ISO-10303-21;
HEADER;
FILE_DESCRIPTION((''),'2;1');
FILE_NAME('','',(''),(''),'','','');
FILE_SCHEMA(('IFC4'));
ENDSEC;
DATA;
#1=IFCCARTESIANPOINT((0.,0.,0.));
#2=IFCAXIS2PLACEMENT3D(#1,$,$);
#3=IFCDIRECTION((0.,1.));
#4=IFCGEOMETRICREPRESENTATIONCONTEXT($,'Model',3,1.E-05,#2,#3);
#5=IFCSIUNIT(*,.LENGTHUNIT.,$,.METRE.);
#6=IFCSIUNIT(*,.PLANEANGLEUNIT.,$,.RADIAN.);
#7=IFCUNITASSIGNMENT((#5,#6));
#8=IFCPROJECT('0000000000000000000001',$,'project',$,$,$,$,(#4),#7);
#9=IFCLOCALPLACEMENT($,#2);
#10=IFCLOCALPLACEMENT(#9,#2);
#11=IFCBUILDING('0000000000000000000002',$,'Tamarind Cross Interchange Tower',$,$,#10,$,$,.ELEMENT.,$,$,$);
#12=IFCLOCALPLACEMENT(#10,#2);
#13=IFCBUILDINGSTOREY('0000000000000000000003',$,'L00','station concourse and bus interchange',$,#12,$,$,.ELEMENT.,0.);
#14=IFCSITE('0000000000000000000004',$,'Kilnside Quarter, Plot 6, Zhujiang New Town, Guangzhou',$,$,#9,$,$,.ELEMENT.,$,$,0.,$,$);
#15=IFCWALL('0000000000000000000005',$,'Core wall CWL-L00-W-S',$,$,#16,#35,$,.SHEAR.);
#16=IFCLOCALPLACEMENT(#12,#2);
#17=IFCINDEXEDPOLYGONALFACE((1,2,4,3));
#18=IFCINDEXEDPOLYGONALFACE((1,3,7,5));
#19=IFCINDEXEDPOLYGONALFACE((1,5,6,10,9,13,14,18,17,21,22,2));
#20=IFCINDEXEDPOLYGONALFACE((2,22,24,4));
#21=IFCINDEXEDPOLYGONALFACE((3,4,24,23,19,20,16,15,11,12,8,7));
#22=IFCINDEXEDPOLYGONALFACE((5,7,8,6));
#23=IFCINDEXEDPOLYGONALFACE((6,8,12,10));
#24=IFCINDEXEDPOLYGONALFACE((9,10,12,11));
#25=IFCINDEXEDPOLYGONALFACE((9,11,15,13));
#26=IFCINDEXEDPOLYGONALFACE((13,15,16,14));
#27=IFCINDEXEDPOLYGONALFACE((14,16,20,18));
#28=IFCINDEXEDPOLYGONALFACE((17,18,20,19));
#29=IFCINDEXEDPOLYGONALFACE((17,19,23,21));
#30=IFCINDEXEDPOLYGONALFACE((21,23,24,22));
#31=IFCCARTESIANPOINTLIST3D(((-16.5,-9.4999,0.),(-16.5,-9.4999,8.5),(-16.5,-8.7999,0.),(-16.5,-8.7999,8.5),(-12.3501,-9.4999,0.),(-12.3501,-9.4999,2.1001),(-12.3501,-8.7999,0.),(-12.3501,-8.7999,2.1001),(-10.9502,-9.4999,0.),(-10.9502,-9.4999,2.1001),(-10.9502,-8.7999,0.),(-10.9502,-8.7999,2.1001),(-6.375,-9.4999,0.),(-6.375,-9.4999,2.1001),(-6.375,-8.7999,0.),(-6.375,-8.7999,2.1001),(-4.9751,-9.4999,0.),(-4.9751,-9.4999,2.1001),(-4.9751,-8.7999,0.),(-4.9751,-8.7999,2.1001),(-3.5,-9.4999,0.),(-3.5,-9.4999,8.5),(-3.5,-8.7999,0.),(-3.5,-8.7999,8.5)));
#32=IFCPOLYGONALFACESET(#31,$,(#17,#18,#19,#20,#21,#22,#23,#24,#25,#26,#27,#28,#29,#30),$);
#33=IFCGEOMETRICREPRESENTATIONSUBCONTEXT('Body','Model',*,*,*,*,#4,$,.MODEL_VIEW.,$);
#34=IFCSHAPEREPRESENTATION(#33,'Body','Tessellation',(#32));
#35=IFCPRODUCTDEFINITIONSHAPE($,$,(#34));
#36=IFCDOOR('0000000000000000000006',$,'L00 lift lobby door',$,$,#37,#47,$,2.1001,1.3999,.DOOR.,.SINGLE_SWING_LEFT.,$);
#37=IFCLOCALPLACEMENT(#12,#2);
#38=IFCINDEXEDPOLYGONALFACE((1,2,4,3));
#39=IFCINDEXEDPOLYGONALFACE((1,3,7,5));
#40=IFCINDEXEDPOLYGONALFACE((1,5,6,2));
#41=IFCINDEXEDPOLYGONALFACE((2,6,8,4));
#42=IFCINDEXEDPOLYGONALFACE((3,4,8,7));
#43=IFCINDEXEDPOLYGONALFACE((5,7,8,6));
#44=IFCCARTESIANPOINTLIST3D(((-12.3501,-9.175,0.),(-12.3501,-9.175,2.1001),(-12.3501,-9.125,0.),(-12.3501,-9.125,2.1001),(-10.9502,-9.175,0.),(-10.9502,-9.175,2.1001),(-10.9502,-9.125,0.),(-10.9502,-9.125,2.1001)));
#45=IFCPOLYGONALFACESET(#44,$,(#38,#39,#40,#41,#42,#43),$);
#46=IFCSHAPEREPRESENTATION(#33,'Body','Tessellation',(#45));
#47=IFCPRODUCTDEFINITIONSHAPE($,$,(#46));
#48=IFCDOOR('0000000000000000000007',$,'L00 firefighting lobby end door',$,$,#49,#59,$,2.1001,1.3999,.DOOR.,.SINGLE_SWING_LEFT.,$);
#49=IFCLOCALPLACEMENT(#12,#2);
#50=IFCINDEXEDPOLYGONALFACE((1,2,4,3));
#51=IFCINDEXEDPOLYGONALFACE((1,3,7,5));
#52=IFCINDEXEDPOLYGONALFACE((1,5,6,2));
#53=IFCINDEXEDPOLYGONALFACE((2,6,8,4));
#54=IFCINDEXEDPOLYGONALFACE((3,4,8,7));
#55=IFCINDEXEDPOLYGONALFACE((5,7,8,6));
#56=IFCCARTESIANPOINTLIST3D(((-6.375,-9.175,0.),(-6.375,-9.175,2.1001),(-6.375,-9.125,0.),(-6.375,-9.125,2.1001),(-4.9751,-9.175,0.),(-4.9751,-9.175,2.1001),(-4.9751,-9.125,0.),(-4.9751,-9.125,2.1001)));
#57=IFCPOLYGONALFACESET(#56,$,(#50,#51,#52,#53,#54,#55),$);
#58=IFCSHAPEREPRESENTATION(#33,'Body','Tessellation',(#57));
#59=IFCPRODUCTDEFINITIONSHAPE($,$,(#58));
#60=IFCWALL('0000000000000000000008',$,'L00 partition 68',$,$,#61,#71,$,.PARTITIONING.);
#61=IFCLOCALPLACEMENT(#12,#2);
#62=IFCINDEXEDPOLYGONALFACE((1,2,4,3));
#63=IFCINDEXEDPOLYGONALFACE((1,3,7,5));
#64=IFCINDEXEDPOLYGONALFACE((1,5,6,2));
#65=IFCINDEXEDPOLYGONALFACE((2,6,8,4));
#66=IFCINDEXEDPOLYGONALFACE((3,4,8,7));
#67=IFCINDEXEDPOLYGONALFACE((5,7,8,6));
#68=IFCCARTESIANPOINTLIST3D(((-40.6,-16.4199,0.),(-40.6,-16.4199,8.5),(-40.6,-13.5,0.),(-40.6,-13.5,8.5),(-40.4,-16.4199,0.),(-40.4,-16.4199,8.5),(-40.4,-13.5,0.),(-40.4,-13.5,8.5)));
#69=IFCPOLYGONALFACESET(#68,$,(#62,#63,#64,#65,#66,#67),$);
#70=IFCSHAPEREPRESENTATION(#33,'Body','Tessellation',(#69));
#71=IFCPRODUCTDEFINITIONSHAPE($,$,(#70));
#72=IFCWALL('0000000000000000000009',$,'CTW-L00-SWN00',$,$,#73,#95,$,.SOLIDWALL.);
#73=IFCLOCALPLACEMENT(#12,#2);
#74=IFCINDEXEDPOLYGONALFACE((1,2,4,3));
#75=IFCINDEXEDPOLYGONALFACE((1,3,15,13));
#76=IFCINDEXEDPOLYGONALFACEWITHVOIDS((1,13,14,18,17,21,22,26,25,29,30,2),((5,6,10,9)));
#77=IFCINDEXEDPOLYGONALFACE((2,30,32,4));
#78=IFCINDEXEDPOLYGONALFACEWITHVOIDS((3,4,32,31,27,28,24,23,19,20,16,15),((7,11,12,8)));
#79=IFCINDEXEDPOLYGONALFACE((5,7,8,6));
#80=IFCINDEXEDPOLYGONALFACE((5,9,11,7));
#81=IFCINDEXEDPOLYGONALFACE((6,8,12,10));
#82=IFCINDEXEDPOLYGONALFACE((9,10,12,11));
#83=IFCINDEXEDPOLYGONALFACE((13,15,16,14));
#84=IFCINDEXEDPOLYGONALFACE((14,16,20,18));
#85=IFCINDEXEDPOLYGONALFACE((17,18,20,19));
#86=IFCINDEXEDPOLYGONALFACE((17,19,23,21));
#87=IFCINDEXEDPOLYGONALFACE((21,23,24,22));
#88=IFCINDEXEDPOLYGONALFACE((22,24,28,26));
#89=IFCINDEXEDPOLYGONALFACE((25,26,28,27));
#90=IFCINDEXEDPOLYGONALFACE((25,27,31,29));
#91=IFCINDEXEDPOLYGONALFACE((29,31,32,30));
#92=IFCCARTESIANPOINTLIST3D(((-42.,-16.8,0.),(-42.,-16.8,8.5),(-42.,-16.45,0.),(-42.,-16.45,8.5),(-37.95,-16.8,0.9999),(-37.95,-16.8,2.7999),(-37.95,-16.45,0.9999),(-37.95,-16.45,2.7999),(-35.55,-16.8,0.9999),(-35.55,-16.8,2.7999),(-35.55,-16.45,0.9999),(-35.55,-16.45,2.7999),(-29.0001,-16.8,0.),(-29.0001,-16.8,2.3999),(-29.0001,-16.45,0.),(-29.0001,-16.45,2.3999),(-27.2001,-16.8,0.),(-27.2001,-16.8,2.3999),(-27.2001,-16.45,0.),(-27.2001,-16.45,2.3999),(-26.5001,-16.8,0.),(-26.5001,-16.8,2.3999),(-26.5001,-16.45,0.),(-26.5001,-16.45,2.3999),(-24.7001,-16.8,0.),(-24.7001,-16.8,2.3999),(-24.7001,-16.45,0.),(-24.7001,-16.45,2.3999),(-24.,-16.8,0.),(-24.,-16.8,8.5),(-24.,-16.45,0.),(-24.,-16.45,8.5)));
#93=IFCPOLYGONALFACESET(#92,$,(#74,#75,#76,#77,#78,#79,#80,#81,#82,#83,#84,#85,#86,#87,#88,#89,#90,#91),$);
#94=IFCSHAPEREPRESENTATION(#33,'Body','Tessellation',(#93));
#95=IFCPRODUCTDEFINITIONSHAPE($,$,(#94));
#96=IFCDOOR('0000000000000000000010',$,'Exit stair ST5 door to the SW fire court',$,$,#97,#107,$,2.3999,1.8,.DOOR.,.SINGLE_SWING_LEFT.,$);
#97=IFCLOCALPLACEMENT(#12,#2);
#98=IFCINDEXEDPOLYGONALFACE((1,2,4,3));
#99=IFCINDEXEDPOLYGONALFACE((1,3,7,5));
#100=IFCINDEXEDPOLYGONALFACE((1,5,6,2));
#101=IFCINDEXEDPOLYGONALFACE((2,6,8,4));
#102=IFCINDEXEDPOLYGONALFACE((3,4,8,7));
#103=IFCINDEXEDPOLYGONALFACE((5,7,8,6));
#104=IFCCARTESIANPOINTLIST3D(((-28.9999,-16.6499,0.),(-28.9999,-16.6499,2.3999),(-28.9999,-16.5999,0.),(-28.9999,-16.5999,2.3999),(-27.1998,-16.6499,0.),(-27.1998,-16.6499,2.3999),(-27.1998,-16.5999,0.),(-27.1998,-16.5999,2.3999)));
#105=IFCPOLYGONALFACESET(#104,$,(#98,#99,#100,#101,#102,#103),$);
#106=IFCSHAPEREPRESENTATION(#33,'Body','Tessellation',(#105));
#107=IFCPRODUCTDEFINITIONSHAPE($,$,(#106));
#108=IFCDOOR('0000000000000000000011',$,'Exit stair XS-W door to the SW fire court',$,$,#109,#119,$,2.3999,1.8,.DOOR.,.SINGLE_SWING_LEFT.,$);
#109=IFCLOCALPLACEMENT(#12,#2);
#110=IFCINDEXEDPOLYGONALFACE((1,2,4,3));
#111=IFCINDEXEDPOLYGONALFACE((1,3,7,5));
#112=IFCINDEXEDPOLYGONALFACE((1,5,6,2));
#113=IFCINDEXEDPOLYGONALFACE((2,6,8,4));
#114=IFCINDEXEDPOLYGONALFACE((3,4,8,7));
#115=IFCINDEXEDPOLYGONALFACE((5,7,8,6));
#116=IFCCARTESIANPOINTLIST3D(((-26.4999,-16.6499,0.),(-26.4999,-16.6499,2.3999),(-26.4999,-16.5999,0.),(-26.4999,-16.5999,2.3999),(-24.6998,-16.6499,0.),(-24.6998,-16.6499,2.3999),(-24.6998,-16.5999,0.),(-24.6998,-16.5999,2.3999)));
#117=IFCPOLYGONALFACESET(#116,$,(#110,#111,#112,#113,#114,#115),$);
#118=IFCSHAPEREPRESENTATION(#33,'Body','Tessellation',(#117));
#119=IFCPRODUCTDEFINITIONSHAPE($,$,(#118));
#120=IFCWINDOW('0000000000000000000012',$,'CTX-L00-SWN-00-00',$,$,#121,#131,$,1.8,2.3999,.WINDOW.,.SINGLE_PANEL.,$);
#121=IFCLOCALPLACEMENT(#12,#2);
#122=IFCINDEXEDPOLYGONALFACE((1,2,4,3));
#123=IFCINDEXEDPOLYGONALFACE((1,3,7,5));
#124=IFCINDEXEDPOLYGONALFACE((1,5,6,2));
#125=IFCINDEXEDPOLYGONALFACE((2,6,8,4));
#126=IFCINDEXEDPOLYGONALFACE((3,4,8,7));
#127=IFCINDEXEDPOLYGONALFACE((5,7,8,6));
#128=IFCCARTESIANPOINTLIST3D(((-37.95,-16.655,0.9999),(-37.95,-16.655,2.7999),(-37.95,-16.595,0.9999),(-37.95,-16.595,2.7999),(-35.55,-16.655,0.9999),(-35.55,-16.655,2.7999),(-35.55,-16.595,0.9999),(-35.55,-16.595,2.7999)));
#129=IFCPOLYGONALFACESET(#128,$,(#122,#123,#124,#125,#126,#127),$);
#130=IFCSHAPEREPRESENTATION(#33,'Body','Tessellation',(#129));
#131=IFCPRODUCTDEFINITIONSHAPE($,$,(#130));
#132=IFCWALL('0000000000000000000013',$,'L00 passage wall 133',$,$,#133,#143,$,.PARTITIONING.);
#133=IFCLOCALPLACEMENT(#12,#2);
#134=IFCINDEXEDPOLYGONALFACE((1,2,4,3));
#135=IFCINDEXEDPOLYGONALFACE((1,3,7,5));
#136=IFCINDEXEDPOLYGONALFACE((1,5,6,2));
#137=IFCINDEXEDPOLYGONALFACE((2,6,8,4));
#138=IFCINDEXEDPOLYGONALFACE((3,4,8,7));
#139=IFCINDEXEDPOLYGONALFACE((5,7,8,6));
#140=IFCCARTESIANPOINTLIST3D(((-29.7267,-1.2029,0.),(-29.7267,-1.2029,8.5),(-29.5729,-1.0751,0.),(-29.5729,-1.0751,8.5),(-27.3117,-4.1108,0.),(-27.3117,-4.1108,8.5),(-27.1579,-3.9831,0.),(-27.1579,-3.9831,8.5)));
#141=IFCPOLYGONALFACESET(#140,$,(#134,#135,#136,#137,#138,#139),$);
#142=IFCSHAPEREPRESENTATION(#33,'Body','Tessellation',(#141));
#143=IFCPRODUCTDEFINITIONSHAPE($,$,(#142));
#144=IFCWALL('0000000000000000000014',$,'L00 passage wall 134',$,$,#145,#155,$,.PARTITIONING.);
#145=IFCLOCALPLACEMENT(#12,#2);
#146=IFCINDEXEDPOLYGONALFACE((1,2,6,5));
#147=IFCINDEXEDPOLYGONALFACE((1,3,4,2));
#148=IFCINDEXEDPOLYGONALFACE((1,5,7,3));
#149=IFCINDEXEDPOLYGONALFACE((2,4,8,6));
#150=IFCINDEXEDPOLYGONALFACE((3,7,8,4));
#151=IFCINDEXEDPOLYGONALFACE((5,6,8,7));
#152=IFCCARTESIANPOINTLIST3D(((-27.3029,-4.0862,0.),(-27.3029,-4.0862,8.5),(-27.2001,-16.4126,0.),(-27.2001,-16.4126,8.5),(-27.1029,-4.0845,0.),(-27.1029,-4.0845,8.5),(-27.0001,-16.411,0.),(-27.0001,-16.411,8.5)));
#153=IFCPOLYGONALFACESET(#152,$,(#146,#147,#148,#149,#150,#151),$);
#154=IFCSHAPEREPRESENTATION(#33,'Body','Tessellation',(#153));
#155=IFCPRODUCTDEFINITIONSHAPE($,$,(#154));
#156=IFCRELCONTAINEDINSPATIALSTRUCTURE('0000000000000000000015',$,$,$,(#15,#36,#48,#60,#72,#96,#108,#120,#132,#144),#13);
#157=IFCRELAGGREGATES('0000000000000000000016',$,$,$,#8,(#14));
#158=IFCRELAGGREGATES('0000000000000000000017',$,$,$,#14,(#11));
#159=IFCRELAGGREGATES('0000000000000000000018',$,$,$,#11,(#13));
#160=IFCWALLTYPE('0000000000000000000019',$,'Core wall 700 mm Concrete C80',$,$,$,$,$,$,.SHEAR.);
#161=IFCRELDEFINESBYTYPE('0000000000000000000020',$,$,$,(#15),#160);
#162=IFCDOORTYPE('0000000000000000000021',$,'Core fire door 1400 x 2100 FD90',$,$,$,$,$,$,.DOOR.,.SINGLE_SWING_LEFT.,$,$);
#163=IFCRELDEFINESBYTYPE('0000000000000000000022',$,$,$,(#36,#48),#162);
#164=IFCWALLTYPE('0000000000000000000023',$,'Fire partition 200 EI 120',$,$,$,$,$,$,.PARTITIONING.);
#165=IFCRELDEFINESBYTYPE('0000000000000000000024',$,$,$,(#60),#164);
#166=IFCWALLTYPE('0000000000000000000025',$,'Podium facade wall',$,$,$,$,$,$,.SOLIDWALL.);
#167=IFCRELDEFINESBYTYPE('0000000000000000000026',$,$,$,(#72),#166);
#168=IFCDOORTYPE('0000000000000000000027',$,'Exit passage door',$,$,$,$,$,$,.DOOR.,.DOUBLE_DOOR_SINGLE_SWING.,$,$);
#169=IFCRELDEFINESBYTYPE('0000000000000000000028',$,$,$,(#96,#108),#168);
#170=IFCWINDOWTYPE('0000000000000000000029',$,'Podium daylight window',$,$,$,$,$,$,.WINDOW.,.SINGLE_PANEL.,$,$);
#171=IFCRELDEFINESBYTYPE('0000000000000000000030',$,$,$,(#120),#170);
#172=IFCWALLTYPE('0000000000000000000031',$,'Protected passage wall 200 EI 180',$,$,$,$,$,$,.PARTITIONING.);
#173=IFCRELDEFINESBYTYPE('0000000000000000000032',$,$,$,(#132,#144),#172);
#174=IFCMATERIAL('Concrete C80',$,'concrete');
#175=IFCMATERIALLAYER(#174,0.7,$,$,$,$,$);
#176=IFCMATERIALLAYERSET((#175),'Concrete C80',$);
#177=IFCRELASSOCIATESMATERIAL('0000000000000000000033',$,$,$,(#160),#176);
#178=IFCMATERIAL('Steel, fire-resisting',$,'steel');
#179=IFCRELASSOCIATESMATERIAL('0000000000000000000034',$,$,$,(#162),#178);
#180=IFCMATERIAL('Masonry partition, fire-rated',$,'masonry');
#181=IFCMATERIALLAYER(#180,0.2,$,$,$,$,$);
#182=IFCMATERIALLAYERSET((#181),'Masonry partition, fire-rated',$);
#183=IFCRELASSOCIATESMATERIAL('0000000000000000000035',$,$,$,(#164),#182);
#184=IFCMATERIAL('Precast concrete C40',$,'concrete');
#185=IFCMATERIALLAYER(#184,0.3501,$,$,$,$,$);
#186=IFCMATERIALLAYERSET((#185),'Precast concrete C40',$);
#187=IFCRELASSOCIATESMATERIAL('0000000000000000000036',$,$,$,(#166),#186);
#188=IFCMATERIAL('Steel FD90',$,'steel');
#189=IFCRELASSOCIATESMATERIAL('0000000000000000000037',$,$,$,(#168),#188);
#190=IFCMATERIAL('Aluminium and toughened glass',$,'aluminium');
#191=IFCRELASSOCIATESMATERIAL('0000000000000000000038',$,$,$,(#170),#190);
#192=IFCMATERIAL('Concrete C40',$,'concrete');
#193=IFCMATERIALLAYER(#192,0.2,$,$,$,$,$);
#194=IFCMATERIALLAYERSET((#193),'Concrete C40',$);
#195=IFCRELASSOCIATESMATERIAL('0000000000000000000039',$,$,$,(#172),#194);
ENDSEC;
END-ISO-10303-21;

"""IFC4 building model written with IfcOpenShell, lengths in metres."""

from ifc_helpers import new_model, si_unit, direction, frame, frame_2d, origin, place, context, subcontext, project, spatial, rectangle, extrude, material, layer, layer_set, type_object, element, fill, save


model = new_model("IFC4")

# Units and contexts
model_context = context("Model", 3, precision=1e-05, world=origin(), true_north=direction((0.0, 1.0)))
body_context = subcontext(model_context, "Body", "Model", "MODEL_VIEW")
ifc_project = project(units=[si_unit("LENGTHUNIT", "METRE"), si_unit("PLANEANGLEUNIT", "RADIAN")], contexts=[model_context])

# Site, building, storey
site_placement = place(None, origin())
site = spatial("IfcSite", under=ifc_project, at=site_placement, Name="Kilnside Quarter, Plot 6, Zhujiang New Town, Guangzhou", CompositionType="ELEMENT", RefElevation=0.0)
building_placement = place(site_placement, origin())
building = spatial("IfcBuilding", under=site, at=building_placement, Name="Tamarind Cross Interchange Tower", CompositionType="ELEMENT")
storey_placement = place(building_placement, origin())
storey = spatial("IfcBuildingStorey", under=building, at=storey_placement, Name="L00", Description="station concourse and bus interchange", CompositionType="ELEMENT", Elevation=0.0)

# Shared definitions
ifc_material_1 = material(Name="Concrete C80", Category="concrete")

# Wall, openings, doors
ifc_layer_1 = layer(ifc_material_1, 0.7)
ifc_layer_set_1 = layer_set([ifc_layer_1], Name="Concrete C80")
wall_type_1 = type_object("IfcWallType", Name="Core wall 700 mm Concrete C80", PredefinedType="SHEAR", material=ifc_layer_set_1)
wall_1_placement = place(storey_placement, frame((-16.5, -9.1499, 0.0), z_axis=(0.0, 0.0, 1.0), x_axis=(1.0, 0.0, 0.0)))
wall_1 = element("IfcWall", 1, at=wall_1_placement, inside=storey, type_object=wall_type_1, Name="Core wall CWL-L00-W-S", PredefinedType="SHEAR", context=body_context, shape_type="SweptSolid", body=[
    extrude(rectangle(XDim=13.0, YDim=0.7, at=frame_2d((6.5, 0.0))), origin(), (0.0, 0.0, 1.0), 8.5),
])
opening_1_placement = place(wall_1_placement, frame((4.1499, 0.0, 0.0)))
opening_1 = element("IfcOpeningElement", 2, at=opening_1_placement, cuts=wall_1, PredefinedType="OPENING", context=body_context, shape_type="SweptSolid", body=[
    extrude(rectangle(XDim=1.3999, YDim=2.1001, at=frame_2d((0.7, 1.05))), frame((0.0, 0.3599, 0.0), z_axis=(0.0, -1.0, 0.0), x_axis=(1.0, 0.0, 0.0)), (0.0, 0.0, 1.0), 0.72),
])
opening_2_placement = place(wall_1_placement, frame((10.125, 0.0, 0.0)))
opening_2 = element("IfcOpeningElement", 3, at=opening_2_placement, cuts=wall_1, PredefinedType="OPENING", context=body_context, shape_type="SweptSolid", body=[
    extrude(rectangle(XDim=1.3999, YDim=2.1001, at=frame_2d((0.7, 1.05))), frame((0.0, 0.3599, 0.0), z_axis=(0.0, -1.0, 0.0), x_axis=(1.0, 0.0, 0.0)), (0.0, 0.0, 1.0), 0.72),
])
ifc_material_2 = material(Name="Steel, fire-resisting", Category="steel")
door_type_1 = type_object("IfcDoorType", Name="Core fire door 1400 x 2100 FD90", OperationType="SINGLE_SWING_LEFT", PredefinedType="DOOR", material=ifc_material_2)
door_1_placement = place(opening_1_placement, origin())
door_1 = element("IfcDoor", 4, at=door_1_placement, inside=storey, type_object=door_type_1, Name="L00 lift lobby door", OperationType="SINGLE_SWING_LEFT", OverallHeight=2.1001, OverallWidth=1.3999, PredefinedType="DOOR", context=body_context, shape_type="SweptSolid", body=[
    extrude(rectangle(XDim=1.3999, YDim=2.1001, at=frame_2d((0.7, 1.05))), frame((0.0, 0.0249, 0.0), z_axis=(0.0, -1.0, 0.0), x_axis=(1.0, 0.0, 0.0)), (0.0, 0.0, 1.0), 0.05),
])
fill(opening_1, door_1)
door_2_placement = place(opening_2_placement, origin())
door_2 = element("IfcDoor", 5, at=door_2_placement, inside=storey, type_object=door_type_1, Name="L00 firefighting lobby end door", OperationType="SINGLE_SWING_LEFT", OverallHeight=2.1001, OverallWidth=1.3999, PredefinedType="DOOR", context=body_context, shape_type="SweptSolid", body=[
    extrude(rectangle(XDim=1.3999, YDim=2.1001, at=frame_2d((0.7, 1.05))), frame((0.0, 0.0249, 0.0), z_axis=(0.0, -1.0, 0.0), x_axis=(1.0, 0.0, 0.0)), (0.0, 0.0, 1.0), 0.05),
])
fill(opening_2, door_2)

# Wall
ifc_material_3 = material(Name="Masonry partition, fire-rated", Category="masonry")
ifc_layer_2 = layer(ifc_material_3, 0.2)
ifc_layer_set_2 = layer_set([ifc_layer_2], Name="Masonry partition, fire-rated")
wall_type_2 = type_object("IfcWallType", Name="Fire partition 200 EI 120", PredefinedType="PARTITIONING", material=ifc_layer_set_2)
wall_2_placement = place(storey_placement, frame((-40.5, -16.4199, 0.0), z_axis=(0.0, 0.0, 1.0), x_axis=(0.0, 1.0, 0.0)))
element("IfcWall", 6, at=wall_2_placement, inside=storey, type_object=wall_type_2, Name="L00 partition 68", PredefinedType="PARTITIONING", context=body_context, shape_type="SweptSolid", body=[
    extrude(rectangle(XDim=2.9199, YDim=0.2, at=frame_2d((1.46, 0.0))), origin(), (0.0, 0.0, 1.0), 8.5),
])

# Wall, openings, doors, window
ifc_material_4 = material(Name="Precast concrete C40", Category="concrete")
ifc_layer_3 = layer(ifc_material_4, 0.3501)
ifc_layer_set_3 = layer_set([ifc_layer_3], Name="Precast concrete C40")
wall_type_3 = type_object("IfcWallType", Name="Podium facade wall", PredefinedType="SOLIDWALL", material=ifc_layer_set_3)
wall_3_placement = place(storey_placement, frame((-42.0, -16.625, 0.0), z_axis=(0.0, 0.0, 1.0), x_axis=(1.0, 0.0, 0.0)))
wall_3 = element("IfcWall", 7, at=wall_3_placement, inside=storey, type_object=wall_type_3, Name="CTW-L00-SWN00", PredefinedType="SOLIDWALL", context=body_context, shape_type="SweptSolid", body=[
    extrude(rectangle(XDim=18.0, YDim=0.3501, at=frame_2d((9.0, 0.0))), origin(), (0.0, 0.0, 1.0), 8.5),
])
opening_3_placement = place(wall_3_placement, frame((13.0, 0.0, 0.0)))
opening_3 = element("IfcOpeningElement", 8, at=opening_3_placement, cuts=wall_3, PredefinedType="OPENING", context=body_context, shape_type="SweptSolid", body=[
    extrude(rectangle(XDim=1.8, YDim=2.3999, at=frame_2d((0.8999, 1.2))), frame((0.0, 0.1851, 0.0), z_axis=(0.0, -1.0, 0.0), x_axis=(1.0, 0.0, 0.0)), (0.0, 0.0, 1.0), 0.3701),
])
opening_4_placement = place(wall_3_placement, frame((15.5, 0.0, 0.0)))
opening_4 = element("IfcOpeningElement", 9, at=opening_4_placement, cuts=wall_3, PredefinedType="OPENING", context=body_context, shape_type="SweptSolid", body=[
    extrude(rectangle(XDim=1.8, YDim=2.3999, at=frame_2d((0.8999, 1.2))), frame((0.0, 0.1851, 0.0), z_axis=(0.0, -1.0, 0.0), x_axis=(1.0, 0.0, 0.0)), (0.0, 0.0, 1.0), 0.3701),
])
opening_5_placement = place(wall_3_placement, frame((4.05, 0.0, 1.0)))
opening_5 = element("IfcOpeningElement", 10, at=opening_5_placement, cuts=wall_3, PredefinedType="OPENING", context=body_context, shape_type="SweptSolid", body=[
    extrude(rectangle(XDim=2.3999, YDim=1.8, at=frame_2d((1.2, 0.8999))), frame((0.0, 0.1851, 0.0), z_axis=(0.0, -1.0, 0.0), x_axis=(1.0, 0.0, 0.0)), (0.0, 0.0, 1.0), 0.3701),
])
ifc_material_5 = material(Name="Steel FD90", Category="steel")
door_type_2 = type_object("IfcDoorType", Name="Exit passage door", OperationType="DOUBLE_DOOR_SINGLE_SWING", PredefinedType="DOOR", material=ifc_material_5)
door_3_placement = place(opening_3_placement, frame((1.8, 0.0, 0.0), z_axis=(0.0, 0.0, 1.0), x_axis=(-1.0, 0.0, 0.0)))
door_3 = element("IfcDoor", 11, at=door_3_placement, inside=storey, type_object=door_type_2, Name="Exit stair ST5 door to the SW fire court", OperationType="SINGLE_SWING_LEFT", OverallHeight=2.3999, OverallWidth=1.8, PredefinedType="DOOR", context=body_context, shape_type="SweptSolid", body=[
    extrude(rectangle(XDim=1.8, YDim=2.3999, at=frame_2d((0.8999, 1.2))), frame((0.0, 0.0249, 0.0), z_axis=(0.0, -1.0, 0.0), x_axis=(1.0, 0.0, 0.0)), (0.0, 0.0, 1.0), 0.05),
])
fill(opening_3, door_3)
door_4_placement = place(opening_4_placement, frame((1.8, 0.0, 0.0), z_axis=(0.0, 0.0, 1.0), x_axis=(-1.0, 0.0, 0.0)))
door_4 = element("IfcDoor", 12, at=door_4_placement, inside=storey, type_object=door_type_2, Name="Exit stair XS-W door to the SW fire court", OperationType="SINGLE_SWING_LEFT", OverallHeight=2.3999, OverallWidth=1.8, PredefinedType="DOOR", context=body_context, shape_type="SweptSolid", body=[
    extrude(rectangle(XDim=1.8, YDim=2.3999, at=frame_2d((0.8999, 1.2))), frame((0.0, 0.0249, 0.0), z_axis=(0.0, -1.0, 0.0), x_axis=(1.0, 0.0, 0.0)), (0.0, 0.0, 1.0), 0.05),
])
fill(opening_4, door_4)
ifc_material_6 = material(Name="Aluminium and toughened glass", Category="aluminium")
window_type = type_object("IfcWindowType", Name="Podium daylight window", PartitioningType="SINGLE_PANEL", PredefinedType="WINDOW", material=ifc_material_6)
window_placement = place(opening_5_placement, origin())
window = element("IfcWindow", 13, at=window_placement, inside=storey, type_object=window_type, Name="CTX-L00-SWN-00-00", OverallHeight=1.8, OverallWidth=2.3999, PartitioningType="SINGLE_PANEL", PredefinedType="WINDOW", context=body_context, shape_type="SweptSolid", body=[
    extrude(rectangle(XDim=2.3999, YDim=1.8, at=frame_2d((1.2, 0.8999))), frame((0.0, 0.03, 0.0), z_axis=(0.0, -1.0, 0.0), x_axis=(1.0, 0.0, 0.0)), (0.0, 0.0, 1.0), 0.0601),
])
fill(opening_5, window)

# Walls
ifc_material_7 = material(Name="Concrete C40", Category="concrete")
ifc_layer_4 = layer(ifc_material_7, 0.2)
ifc_layer_set_4 = layer_set([ifc_layer_4], Name="Concrete C40")
wall_type_4 = type_object("IfcWallType", Name="Protected passage wall 200 EI 180", PredefinedType="PARTITIONING", material=ifc_layer_set_4)
wall_4_placement = place(storey_placement, frame((-29.6499, -1.1389, 0.0), z_axis=(0.0, 0.0, 1.0), x_axis=(0.638894, -0.769295, 0.0)))
element("IfcWall", 14, at=wall_4_placement, inside=storey, type_object=wall_type_4, Name="L00 passage wall 133", PredefinedType="PARTITIONING", context=body_context, shape_type="SweptSolid", body=[
    extrude(rectangle(XDim=3.78, YDim=0.2, at=frame_2d((1.8901, 0.0))), origin(), (0.0, 0.0, 1.0), 8.5),
])
wall_5_placement = place(storey_placement, frame((-27.2029, -4.0852, 0.0), z_axis=(0.0, 0.0, 1.0), x_axis=(0.008338, -0.999965, 0.0)))
element("IfcWall", 15, at=wall_5_placement, inside=storey, type_object=wall_type_4, Name="L00 passage wall 134", PredefinedType="PARTITIONING", context=body_context, shape_type="SweptSolid", body=[
    extrude(rectangle(XDim=12.3269, YDim=0.2, at=frame_2d((6.1636, 0.0))), origin(), (0.0, 0.0, 1.0), 8.5),
])

save(model, "model.ifc")
